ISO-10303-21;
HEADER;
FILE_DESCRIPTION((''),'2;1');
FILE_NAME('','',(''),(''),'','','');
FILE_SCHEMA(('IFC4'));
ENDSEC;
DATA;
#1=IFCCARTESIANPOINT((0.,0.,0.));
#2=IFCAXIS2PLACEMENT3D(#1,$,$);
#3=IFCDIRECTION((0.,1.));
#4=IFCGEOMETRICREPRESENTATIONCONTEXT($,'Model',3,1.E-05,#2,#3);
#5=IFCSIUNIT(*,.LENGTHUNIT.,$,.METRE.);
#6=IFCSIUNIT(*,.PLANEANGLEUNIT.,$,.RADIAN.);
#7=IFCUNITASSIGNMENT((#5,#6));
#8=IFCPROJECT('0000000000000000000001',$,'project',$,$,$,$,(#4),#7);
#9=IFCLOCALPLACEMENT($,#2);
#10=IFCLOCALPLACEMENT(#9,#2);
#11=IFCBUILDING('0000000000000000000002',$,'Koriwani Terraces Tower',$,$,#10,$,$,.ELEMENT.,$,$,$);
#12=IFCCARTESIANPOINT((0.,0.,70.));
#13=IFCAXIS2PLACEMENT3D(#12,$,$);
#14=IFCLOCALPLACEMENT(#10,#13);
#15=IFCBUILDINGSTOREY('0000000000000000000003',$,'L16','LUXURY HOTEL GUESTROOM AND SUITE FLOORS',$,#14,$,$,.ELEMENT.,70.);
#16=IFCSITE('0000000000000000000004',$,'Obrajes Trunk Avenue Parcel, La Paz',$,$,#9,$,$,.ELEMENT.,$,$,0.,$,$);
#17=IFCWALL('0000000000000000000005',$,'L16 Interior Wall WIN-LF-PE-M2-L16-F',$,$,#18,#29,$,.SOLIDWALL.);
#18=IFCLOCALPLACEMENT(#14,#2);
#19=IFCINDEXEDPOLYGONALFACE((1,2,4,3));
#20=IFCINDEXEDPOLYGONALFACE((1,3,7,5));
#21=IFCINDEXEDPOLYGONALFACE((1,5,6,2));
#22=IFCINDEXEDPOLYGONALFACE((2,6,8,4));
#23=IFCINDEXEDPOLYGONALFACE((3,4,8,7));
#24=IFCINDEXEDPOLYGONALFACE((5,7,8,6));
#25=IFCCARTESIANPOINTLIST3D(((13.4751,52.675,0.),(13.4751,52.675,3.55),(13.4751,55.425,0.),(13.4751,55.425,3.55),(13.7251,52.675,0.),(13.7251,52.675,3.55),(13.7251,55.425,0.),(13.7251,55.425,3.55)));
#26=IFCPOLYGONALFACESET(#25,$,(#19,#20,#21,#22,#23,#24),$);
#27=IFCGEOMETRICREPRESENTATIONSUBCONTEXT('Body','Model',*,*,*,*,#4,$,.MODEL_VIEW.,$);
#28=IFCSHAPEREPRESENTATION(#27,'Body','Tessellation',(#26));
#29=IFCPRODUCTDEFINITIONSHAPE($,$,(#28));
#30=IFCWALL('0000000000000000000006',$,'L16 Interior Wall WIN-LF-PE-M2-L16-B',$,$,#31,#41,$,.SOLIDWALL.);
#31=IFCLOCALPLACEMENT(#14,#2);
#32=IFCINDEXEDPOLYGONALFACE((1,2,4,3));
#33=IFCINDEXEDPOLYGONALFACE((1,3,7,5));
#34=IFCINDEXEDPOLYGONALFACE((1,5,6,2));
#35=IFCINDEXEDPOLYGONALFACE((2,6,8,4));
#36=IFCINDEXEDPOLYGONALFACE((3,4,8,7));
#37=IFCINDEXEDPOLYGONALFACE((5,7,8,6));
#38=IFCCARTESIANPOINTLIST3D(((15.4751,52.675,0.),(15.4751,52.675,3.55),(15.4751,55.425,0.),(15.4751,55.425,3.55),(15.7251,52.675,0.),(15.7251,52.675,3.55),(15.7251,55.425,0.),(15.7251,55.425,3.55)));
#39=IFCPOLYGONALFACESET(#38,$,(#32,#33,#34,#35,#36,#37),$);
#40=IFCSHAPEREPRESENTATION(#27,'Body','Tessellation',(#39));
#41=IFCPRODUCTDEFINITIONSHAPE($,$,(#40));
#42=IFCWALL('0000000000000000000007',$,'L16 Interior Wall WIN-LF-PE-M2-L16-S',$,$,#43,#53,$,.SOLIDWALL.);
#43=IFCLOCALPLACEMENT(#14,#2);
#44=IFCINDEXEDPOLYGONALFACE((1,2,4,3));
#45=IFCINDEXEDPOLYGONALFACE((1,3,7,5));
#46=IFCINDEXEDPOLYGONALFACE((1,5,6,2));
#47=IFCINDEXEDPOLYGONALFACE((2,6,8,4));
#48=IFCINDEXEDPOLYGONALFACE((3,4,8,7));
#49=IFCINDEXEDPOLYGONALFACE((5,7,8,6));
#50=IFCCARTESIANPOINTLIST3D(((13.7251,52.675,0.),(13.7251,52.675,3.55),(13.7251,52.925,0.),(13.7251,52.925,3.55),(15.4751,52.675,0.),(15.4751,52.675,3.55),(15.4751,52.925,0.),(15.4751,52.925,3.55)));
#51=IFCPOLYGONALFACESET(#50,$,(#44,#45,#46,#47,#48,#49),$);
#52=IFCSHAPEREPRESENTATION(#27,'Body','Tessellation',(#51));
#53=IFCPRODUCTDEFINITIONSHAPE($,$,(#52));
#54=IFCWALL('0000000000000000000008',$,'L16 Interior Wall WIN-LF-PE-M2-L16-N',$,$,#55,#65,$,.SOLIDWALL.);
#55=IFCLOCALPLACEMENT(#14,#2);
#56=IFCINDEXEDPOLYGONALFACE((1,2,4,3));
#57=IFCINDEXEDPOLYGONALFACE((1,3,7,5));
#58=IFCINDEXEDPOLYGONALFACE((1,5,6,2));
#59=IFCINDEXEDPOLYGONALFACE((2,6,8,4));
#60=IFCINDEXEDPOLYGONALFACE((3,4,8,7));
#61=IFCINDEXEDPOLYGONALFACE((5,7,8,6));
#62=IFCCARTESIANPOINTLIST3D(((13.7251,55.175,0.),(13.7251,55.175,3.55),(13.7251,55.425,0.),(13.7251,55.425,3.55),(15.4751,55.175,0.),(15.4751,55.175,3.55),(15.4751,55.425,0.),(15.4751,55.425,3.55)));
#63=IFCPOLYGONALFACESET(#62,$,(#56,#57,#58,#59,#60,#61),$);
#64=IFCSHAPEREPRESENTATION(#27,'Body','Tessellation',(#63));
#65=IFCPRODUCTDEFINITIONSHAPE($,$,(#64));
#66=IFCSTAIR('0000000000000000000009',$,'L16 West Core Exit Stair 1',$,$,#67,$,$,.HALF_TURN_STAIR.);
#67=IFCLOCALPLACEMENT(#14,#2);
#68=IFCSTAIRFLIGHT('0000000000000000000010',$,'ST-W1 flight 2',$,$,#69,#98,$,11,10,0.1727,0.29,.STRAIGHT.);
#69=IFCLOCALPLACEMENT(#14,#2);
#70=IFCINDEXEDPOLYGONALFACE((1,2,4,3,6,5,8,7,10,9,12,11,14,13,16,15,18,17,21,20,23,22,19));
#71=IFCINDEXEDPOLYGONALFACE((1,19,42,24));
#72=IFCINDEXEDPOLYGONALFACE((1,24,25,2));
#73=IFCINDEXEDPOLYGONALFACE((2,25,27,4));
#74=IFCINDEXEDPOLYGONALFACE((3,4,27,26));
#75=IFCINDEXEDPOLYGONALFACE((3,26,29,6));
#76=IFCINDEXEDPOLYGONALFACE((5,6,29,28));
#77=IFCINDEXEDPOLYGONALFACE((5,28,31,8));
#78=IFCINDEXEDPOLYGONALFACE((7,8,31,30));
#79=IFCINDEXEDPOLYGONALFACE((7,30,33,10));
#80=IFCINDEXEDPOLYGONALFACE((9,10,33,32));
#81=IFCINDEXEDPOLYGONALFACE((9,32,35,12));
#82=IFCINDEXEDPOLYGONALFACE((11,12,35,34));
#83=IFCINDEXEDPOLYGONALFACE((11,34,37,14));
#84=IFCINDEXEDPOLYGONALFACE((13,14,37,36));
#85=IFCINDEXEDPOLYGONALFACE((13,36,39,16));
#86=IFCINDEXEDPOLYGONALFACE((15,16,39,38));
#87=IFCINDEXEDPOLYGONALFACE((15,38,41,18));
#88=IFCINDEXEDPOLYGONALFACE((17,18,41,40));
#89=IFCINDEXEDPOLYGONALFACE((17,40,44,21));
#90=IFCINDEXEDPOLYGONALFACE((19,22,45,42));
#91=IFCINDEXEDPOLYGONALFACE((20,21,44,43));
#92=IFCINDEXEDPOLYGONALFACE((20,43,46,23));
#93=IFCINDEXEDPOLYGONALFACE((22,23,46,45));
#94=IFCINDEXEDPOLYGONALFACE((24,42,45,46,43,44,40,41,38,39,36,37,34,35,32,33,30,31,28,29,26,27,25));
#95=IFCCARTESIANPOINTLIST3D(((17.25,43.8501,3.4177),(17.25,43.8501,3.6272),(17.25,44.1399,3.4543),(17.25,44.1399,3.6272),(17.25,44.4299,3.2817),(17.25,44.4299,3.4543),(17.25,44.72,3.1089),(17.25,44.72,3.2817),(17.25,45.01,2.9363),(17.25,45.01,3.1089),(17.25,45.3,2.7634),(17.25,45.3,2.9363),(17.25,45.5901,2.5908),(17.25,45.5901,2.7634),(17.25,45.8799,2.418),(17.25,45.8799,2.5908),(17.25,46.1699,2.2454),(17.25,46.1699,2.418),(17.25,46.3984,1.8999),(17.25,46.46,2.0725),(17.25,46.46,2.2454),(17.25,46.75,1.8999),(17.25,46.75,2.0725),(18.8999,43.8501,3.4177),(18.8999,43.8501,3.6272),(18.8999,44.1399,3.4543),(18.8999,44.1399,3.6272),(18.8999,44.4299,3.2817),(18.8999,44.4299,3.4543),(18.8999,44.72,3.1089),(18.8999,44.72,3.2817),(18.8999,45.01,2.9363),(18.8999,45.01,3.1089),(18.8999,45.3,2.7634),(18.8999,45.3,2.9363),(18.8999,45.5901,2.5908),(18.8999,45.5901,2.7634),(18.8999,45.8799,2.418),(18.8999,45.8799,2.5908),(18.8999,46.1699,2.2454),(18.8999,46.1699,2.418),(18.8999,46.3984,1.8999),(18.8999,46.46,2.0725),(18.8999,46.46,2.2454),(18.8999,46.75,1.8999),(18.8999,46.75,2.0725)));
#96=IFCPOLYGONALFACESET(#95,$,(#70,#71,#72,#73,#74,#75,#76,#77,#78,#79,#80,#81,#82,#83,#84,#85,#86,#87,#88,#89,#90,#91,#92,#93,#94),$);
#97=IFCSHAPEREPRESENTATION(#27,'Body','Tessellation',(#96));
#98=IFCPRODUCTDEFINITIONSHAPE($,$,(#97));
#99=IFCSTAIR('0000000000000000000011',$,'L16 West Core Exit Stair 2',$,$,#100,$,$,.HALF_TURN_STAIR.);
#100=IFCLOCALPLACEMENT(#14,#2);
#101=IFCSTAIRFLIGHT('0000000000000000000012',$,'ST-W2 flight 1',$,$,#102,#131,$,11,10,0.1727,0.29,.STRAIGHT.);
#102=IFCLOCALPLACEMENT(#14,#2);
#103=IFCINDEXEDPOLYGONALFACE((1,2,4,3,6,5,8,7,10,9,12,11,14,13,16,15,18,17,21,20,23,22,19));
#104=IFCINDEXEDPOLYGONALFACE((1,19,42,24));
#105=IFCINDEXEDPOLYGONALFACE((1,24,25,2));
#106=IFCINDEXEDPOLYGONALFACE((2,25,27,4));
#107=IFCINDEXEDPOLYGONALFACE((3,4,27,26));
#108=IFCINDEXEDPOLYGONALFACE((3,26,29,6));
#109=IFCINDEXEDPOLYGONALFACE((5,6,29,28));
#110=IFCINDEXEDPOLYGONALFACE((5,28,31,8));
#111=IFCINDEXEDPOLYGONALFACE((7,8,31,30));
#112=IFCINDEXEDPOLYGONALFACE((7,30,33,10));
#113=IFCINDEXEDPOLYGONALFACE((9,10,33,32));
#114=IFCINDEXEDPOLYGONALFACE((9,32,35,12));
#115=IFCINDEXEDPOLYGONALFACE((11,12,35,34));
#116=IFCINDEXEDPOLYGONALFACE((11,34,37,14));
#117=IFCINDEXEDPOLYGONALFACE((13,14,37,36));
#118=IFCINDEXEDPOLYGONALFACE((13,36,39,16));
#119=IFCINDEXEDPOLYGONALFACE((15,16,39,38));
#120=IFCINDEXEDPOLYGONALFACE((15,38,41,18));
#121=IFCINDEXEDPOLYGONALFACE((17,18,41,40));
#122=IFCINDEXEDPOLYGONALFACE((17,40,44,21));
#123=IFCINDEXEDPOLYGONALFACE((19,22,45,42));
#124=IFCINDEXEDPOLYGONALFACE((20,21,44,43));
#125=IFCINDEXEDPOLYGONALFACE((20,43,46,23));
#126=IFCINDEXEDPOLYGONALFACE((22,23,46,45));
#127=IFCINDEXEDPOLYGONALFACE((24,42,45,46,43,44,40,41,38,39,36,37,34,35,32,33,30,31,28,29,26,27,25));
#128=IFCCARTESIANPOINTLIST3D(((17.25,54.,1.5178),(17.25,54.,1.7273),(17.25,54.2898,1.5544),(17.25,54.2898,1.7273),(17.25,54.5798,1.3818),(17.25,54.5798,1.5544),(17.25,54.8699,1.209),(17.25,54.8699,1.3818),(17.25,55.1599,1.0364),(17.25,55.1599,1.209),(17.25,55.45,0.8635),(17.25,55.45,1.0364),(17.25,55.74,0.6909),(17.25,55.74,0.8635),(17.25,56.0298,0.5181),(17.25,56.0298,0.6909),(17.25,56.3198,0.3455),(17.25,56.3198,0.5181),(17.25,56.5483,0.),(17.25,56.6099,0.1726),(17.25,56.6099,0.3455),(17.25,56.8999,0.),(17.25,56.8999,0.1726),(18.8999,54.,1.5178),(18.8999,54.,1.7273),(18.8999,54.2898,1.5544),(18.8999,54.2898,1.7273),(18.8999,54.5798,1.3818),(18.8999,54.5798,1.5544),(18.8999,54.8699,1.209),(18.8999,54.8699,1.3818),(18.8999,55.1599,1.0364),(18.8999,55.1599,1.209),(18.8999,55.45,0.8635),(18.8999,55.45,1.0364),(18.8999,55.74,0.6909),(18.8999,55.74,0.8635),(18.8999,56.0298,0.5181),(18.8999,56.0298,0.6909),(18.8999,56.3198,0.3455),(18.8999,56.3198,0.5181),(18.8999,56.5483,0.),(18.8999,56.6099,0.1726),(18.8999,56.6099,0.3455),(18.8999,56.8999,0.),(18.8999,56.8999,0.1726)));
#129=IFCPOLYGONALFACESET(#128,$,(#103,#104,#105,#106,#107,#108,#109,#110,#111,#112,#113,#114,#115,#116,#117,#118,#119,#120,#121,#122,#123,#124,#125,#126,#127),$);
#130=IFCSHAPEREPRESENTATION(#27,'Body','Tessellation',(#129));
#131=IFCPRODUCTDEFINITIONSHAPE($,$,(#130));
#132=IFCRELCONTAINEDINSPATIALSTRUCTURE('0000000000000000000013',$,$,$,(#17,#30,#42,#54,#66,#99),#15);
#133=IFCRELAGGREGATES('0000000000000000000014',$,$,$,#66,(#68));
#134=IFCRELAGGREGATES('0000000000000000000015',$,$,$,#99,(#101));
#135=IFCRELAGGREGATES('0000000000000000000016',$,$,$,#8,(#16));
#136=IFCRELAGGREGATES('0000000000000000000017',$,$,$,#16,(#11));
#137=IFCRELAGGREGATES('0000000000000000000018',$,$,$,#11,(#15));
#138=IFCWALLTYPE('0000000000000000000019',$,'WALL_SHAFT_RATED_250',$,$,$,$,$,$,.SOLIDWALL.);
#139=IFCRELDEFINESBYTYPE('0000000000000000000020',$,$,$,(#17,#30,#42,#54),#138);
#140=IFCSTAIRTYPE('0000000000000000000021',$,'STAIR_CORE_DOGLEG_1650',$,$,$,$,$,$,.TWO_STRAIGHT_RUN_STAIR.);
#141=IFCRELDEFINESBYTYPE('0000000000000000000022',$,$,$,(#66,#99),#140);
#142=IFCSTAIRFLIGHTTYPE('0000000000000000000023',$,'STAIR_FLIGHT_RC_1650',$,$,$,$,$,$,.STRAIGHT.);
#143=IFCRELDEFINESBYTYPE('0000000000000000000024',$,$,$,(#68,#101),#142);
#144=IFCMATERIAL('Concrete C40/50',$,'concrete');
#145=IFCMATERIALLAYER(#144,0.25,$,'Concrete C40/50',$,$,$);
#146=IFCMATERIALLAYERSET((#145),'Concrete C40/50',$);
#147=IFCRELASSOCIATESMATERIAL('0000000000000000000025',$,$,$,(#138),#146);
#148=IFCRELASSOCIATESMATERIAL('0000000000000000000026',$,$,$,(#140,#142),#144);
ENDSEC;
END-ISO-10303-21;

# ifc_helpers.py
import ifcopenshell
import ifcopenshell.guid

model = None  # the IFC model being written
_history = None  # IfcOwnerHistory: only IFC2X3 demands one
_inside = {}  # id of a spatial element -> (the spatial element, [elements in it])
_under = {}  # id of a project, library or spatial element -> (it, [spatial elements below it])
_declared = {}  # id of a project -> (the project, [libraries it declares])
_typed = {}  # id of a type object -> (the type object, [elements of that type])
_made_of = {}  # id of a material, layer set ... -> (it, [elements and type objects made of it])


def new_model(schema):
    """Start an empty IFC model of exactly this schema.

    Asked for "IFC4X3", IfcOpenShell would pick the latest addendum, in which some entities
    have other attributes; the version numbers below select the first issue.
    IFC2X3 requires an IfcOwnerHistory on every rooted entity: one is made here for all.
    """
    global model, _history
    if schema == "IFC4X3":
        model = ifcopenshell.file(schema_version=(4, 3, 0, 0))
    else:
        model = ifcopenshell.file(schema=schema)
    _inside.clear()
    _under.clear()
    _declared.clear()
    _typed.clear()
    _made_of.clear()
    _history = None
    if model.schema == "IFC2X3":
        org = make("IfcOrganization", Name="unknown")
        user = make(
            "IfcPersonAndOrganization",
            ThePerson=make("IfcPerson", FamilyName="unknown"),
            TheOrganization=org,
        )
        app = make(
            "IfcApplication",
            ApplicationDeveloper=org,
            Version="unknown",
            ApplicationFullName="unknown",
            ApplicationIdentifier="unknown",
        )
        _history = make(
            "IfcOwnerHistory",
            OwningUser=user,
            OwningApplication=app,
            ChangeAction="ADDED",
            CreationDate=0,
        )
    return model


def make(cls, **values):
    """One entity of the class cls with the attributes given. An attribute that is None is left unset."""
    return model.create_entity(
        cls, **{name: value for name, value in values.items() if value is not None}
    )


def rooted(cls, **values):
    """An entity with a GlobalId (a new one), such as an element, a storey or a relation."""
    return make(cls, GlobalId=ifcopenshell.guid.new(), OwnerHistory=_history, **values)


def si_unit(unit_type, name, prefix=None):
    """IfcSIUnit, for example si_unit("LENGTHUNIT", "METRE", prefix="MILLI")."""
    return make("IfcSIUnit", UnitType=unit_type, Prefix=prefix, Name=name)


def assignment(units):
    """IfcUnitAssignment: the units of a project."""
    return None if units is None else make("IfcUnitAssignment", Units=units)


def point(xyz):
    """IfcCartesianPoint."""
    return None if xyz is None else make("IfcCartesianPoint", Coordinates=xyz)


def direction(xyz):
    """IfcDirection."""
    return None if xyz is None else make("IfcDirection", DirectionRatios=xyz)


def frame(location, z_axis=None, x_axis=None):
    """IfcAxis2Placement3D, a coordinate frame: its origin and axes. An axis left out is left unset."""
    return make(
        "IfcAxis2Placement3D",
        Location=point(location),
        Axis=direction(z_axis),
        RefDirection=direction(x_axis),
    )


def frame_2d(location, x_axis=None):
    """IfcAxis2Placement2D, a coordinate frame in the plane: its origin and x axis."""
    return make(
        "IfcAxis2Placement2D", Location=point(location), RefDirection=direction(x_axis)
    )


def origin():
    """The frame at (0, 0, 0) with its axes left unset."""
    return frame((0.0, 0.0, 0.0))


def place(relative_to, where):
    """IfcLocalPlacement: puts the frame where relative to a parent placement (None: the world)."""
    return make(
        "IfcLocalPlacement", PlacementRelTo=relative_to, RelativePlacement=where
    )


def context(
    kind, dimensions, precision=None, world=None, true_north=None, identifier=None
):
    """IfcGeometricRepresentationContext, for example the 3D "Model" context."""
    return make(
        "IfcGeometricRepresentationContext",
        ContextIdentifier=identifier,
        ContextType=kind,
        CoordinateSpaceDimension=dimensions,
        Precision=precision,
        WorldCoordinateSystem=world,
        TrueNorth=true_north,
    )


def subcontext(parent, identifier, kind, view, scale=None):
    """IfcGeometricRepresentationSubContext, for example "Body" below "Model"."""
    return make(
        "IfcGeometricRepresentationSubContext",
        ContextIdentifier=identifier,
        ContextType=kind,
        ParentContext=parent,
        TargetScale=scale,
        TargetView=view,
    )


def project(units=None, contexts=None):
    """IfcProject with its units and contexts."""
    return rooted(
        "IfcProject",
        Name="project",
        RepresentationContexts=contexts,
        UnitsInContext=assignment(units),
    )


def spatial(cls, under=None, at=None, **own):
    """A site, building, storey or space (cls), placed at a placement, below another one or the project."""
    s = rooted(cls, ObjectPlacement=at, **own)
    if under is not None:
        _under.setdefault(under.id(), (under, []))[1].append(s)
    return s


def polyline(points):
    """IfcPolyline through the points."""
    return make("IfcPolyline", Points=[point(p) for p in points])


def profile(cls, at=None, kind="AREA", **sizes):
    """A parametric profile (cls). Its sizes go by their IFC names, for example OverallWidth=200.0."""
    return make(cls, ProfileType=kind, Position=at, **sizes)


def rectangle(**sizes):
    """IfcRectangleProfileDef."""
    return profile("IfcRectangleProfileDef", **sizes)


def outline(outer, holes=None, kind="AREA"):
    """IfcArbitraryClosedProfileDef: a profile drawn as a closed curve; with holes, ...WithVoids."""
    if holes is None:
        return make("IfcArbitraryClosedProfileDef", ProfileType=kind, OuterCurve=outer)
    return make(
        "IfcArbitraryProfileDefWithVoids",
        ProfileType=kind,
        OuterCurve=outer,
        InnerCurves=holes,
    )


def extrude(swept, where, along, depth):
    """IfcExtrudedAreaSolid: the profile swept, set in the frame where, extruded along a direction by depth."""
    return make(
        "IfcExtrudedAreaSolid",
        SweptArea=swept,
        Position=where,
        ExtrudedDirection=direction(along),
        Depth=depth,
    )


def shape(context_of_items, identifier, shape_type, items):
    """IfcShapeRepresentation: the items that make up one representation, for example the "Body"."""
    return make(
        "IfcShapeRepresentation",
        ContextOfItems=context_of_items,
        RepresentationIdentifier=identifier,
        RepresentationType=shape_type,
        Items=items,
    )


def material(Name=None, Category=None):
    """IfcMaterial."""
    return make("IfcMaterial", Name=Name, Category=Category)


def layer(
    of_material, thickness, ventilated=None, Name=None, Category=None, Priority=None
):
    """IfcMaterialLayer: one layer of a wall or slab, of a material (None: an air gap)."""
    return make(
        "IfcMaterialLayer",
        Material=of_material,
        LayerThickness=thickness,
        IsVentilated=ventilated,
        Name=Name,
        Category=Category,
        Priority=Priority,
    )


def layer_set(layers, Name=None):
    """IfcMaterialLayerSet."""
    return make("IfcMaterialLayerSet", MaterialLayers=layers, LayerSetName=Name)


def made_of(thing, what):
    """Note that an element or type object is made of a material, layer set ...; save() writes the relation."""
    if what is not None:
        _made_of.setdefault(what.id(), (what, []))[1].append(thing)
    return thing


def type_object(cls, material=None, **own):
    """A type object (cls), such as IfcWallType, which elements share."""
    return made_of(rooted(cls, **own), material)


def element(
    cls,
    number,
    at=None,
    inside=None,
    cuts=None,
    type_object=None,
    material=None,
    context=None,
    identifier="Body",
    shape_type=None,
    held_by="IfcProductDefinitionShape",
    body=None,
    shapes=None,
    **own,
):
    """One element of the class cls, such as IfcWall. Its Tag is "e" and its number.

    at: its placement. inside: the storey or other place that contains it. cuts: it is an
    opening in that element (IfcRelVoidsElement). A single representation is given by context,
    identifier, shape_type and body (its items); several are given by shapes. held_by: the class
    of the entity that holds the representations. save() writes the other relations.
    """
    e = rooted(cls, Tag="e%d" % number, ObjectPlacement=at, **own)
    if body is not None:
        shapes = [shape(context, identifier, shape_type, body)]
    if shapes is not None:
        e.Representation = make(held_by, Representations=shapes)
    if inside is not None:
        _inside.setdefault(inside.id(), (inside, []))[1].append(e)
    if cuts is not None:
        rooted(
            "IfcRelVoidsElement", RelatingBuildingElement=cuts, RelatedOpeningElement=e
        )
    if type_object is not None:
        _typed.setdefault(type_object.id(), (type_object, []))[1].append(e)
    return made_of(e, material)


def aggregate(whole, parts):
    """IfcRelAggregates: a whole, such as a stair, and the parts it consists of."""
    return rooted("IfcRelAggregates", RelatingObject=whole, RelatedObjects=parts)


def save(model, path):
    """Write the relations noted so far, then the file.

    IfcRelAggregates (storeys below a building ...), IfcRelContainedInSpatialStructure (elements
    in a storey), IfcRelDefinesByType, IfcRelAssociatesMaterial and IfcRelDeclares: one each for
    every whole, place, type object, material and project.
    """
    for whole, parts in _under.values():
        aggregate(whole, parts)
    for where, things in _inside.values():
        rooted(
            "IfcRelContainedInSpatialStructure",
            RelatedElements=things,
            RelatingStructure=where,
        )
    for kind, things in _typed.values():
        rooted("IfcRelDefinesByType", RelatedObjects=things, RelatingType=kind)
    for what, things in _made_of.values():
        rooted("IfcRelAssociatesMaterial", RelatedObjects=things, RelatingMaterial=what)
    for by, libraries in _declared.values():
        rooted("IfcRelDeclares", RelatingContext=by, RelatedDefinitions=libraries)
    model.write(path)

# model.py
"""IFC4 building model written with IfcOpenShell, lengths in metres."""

from ifc_helpers import new_model, si_unit, direction, frame, frame_2d, origin, place, context, subcontext, project, spatial, polyline, rectangle, outline, extrude, material, layer, layer_set, type_object, element, aggregate, save


model = new_model("IFC4")

# Units and contexts
model_context = context("Model", 3, precision=1e-05, world=origin(), true_north=direction((0.0, 1.0)))
body_context = subcontext(model_context, "Body", "Model", "MODEL_VIEW")
ifc_project = project(units=[si_unit("LENGTHUNIT", "METRE"), si_unit("PLANEANGLEUNIT", "RADIAN")], contexts=[model_context])

# Site, building, storey
site_placement = place(None, origin())
site = spatial("IfcSite", under=ifc_project, at=site_placement, Name="Obrajes Trunk Avenue Parcel, La Paz", CompositionType="ELEMENT", RefElevation=0.0)
building_placement = place(site_placement, origin())
building = spatial("IfcBuilding", under=site, at=building_placement, Name="Koriwani Terraces Tower", CompositionType="ELEMENT")
storey_placement = place(building_placement, frame((0.0, 0.0, 70.0)))
storey = spatial("IfcBuildingStorey", under=building, at=storey_placement, Name="L16", Description="LUXURY HOTEL GUESTROOM AND SUITE FLOORS", CompositionType="ELEMENT", Elevation=70.0)

# Shared definitions
ifc_material_1 = material(Name="Concrete C40/50", Category="concrete")

# Shared definitions
ifc_layer_1 = layer(ifc_material_1, 0.25, Name="Concrete C40/50")
ifc_layer_set_1 = layer_set([ifc_layer_1], Name="Concrete C40/50")
wall_type_1 = type_object("IfcWallType", Name="WALL_SHAFT_RATED_250", PredefinedType="SOLIDWALL", material=ifc_layer_set_1)

# Walls
for number, where, z_axis, x_axis, name in (
    (1, (13.6001, 52.675, 0.0), (0.0, 0.0, 1.0), (0.0, 1.0, 0.0), "L16 Interior Wall WIN-LF-PE-M2-L16-F"),
    (2, (15.6001, 52.675, 0.0), (0.0, 0.0, 1.0), (0.0, 1.0, 0.0), "L16 Interior Wall WIN-LF-PE-M2-L16-B"),
):
    element("IfcWall", number, at=place(storey_placement, frame(where, z_axis=z_axis, x_axis=x_axis)), inside=storey, type_object=wall_type_1, Name=name, PredefinedType="SOLIDWALL", context=body_context, shape_type="SweptSolid", body=[
        extrude(rectangle(XDim=2.75, YDim=0.25, at=frame_2d((1.375, 0.0))), origin(), (0.0, 0.0, 1.0), 3.55),
    ])
for number, where, z_axis, x_axis, name in (
    (3, (13.7251, 52.8, 0.0), (0.0, 0.0, 1.0), (1.0, 0.0, 0.0), "L16 Interior Wall WIN-LF-PE-M2-L16-S"),
    (4, (13.7251, 55.3, 0.0), (0.0, 0.0, 1.0), (1.0, 0.0, 0.0), "L16 Interior Wall WIN-LF-PE-M2-L16-N"),
):
    element("IfcWall", number, at=place(storey_placement, frame(where, z_axis=z_axis, x_axis=x_axis)), inside=storey, type_object=wall_type_1, Name=name, PredefinedType="SOLIDWALL", context=body_context, shape_type="SweptSolid", body=[
        extrude(rectangle(XDim=1.75, YDim=0.25, at=frame_2d((0.875, 0.0))), origin(), (0.0, 0.0, 1.0), 3.55),
    ])

# Stairs, stair flights
stair_type = type_object("IfcStairType", Name="STAIR_CORE_DOGLEG_1650", PredefinedType="TWO_STRAIGHT_RUN_STAIR", material=ifc_material_1)
stair_1_placement = place(storey_placement, origin())
stair_1 = element("IfcStair", 5, at=stair_1_placement, inside=storey, type_object=stair_type, Name="L16 West Core Exit Stair 1", PredefinedType="HALF_TURN_STAIR")
stair_flight_type = type_object("IfcStairFlightType", Name="STAIR_FLIGHT_RC_1650", PredefinedType="STRAIGHT", material=ifc_material_1)
stair_flight_1_placement = place(storey_placement, frame((18.075, 46.75, 1.8999), z_axis=(0.0, 0.0, 1.0), x_axis=(0.0, -1.0, 0.0)))
stair_flight_1 = element("IfcStairFlight", 6, at=stair_flight_1_placement, type_object=stair_flight_type, Name="ST-W1 flight 2", NumberOfRisers=11, NumberOfTreads=10, PredefinedType="STRAIGHT", RiserHeight=0.1727, TreadLength=0.29, context=body_context, shape_type="SweptSolid", body=[
    extrude(outline(polyline([(0.0, 0.0), (0.0, 0.1726), (0.29, 0.1726), (0.29, 0.3455), (0.5801, 0.3455), (0.5801, 0.5181), (0.8701, 0.5181), (0.8701, 0.6909), (1.1599, 0.6909), (1.1599, 0.8635), (1.45, 0.8635), (1.45, 1.0364), (1.74, 1.0364), (1.74, 1.209), (2.03, 1.209), (2.03, 1.3818), (2.3201, 1.3818), (2.3201, 1.5544), (2.6101, 1.5544), (2.6101, 1.7273), (2.8999, 1.7273), (2.8999, 1.8999), (2.8999, 1.5178), (0.3516, 0.0), (0.0, 0.0)])), frame((0.0, 0.825, 0.0), z_axis=(0.0, -1.0, 0.0), x_axis=(1.0, 0.0, 0.0)), (0.0, 0.0, 1.0), 1.6499),
])
aggregate(stair_1, [stair_flight_1])
stair_2_placement = place(storey_placement, origin())
stair_2 = element("IfcStair", 7, at=stair_2_placement, inside=storey, type_object=stair_type, Name="L16 West Core Exit Stair 2", PredefinedType="HALF_TURN_STAIR")
stair_flight_2_placement = place(storey_placement, frame((18.075, 56.8999, 0.0), z_axis=(0.0, 0.0, 1.0), x_axis=(0.0, -1.0, 0.0)))
stair_flight_2 = element("IfcStairFlight", 8, at=stair_flight_2_placement, type_object=stair_flight_type, Name="ST-W2 flight 1", NumberOfRisers=11, NumberOfTreads=10, PredefinedType="STRAIGHT", RiserHeight=0.1727, TreadLength=0.29, context=body_context, shape_type="SweptSolid", body=[
    extrude(outline(polyline([(0.0, 0.0), (0.0, 0.1726), (0.29, 0.1726), (0.29, 0.3455), (0.5801, 0.3455), (0.5801, 0.5181), (0.8701, 0.5181), (0.8701, 0.6909), (1.1599, 0.6909), (1.1599, 0.8635), (1.45, 0.8635), (1.45, 1.0364), (1.74, 1.0364), (1.74, 1.209), (2.03, 1.209), (2.03, 1.3818), (2.3201, 1.3818), (2.3201, 1.5544), (2.6101, 1.5544), (2.6101, 1.7273), (2.8999, 1.7273), (2.8999, 1.8999), (2.8999, 1.5178), (0.3516, 0.0), (0.0, 0.0)])), frame((0.0, 0.825, 0.0), z_axis=(0.0, -1.0, 0.0), x_axis=(1.0, 0.0, 0.0)), (0.0, 0.0, 1.0), 1.6499),
])
aggregate(stair_2, [stair_flight_2])

save(model, "model.ifc")
